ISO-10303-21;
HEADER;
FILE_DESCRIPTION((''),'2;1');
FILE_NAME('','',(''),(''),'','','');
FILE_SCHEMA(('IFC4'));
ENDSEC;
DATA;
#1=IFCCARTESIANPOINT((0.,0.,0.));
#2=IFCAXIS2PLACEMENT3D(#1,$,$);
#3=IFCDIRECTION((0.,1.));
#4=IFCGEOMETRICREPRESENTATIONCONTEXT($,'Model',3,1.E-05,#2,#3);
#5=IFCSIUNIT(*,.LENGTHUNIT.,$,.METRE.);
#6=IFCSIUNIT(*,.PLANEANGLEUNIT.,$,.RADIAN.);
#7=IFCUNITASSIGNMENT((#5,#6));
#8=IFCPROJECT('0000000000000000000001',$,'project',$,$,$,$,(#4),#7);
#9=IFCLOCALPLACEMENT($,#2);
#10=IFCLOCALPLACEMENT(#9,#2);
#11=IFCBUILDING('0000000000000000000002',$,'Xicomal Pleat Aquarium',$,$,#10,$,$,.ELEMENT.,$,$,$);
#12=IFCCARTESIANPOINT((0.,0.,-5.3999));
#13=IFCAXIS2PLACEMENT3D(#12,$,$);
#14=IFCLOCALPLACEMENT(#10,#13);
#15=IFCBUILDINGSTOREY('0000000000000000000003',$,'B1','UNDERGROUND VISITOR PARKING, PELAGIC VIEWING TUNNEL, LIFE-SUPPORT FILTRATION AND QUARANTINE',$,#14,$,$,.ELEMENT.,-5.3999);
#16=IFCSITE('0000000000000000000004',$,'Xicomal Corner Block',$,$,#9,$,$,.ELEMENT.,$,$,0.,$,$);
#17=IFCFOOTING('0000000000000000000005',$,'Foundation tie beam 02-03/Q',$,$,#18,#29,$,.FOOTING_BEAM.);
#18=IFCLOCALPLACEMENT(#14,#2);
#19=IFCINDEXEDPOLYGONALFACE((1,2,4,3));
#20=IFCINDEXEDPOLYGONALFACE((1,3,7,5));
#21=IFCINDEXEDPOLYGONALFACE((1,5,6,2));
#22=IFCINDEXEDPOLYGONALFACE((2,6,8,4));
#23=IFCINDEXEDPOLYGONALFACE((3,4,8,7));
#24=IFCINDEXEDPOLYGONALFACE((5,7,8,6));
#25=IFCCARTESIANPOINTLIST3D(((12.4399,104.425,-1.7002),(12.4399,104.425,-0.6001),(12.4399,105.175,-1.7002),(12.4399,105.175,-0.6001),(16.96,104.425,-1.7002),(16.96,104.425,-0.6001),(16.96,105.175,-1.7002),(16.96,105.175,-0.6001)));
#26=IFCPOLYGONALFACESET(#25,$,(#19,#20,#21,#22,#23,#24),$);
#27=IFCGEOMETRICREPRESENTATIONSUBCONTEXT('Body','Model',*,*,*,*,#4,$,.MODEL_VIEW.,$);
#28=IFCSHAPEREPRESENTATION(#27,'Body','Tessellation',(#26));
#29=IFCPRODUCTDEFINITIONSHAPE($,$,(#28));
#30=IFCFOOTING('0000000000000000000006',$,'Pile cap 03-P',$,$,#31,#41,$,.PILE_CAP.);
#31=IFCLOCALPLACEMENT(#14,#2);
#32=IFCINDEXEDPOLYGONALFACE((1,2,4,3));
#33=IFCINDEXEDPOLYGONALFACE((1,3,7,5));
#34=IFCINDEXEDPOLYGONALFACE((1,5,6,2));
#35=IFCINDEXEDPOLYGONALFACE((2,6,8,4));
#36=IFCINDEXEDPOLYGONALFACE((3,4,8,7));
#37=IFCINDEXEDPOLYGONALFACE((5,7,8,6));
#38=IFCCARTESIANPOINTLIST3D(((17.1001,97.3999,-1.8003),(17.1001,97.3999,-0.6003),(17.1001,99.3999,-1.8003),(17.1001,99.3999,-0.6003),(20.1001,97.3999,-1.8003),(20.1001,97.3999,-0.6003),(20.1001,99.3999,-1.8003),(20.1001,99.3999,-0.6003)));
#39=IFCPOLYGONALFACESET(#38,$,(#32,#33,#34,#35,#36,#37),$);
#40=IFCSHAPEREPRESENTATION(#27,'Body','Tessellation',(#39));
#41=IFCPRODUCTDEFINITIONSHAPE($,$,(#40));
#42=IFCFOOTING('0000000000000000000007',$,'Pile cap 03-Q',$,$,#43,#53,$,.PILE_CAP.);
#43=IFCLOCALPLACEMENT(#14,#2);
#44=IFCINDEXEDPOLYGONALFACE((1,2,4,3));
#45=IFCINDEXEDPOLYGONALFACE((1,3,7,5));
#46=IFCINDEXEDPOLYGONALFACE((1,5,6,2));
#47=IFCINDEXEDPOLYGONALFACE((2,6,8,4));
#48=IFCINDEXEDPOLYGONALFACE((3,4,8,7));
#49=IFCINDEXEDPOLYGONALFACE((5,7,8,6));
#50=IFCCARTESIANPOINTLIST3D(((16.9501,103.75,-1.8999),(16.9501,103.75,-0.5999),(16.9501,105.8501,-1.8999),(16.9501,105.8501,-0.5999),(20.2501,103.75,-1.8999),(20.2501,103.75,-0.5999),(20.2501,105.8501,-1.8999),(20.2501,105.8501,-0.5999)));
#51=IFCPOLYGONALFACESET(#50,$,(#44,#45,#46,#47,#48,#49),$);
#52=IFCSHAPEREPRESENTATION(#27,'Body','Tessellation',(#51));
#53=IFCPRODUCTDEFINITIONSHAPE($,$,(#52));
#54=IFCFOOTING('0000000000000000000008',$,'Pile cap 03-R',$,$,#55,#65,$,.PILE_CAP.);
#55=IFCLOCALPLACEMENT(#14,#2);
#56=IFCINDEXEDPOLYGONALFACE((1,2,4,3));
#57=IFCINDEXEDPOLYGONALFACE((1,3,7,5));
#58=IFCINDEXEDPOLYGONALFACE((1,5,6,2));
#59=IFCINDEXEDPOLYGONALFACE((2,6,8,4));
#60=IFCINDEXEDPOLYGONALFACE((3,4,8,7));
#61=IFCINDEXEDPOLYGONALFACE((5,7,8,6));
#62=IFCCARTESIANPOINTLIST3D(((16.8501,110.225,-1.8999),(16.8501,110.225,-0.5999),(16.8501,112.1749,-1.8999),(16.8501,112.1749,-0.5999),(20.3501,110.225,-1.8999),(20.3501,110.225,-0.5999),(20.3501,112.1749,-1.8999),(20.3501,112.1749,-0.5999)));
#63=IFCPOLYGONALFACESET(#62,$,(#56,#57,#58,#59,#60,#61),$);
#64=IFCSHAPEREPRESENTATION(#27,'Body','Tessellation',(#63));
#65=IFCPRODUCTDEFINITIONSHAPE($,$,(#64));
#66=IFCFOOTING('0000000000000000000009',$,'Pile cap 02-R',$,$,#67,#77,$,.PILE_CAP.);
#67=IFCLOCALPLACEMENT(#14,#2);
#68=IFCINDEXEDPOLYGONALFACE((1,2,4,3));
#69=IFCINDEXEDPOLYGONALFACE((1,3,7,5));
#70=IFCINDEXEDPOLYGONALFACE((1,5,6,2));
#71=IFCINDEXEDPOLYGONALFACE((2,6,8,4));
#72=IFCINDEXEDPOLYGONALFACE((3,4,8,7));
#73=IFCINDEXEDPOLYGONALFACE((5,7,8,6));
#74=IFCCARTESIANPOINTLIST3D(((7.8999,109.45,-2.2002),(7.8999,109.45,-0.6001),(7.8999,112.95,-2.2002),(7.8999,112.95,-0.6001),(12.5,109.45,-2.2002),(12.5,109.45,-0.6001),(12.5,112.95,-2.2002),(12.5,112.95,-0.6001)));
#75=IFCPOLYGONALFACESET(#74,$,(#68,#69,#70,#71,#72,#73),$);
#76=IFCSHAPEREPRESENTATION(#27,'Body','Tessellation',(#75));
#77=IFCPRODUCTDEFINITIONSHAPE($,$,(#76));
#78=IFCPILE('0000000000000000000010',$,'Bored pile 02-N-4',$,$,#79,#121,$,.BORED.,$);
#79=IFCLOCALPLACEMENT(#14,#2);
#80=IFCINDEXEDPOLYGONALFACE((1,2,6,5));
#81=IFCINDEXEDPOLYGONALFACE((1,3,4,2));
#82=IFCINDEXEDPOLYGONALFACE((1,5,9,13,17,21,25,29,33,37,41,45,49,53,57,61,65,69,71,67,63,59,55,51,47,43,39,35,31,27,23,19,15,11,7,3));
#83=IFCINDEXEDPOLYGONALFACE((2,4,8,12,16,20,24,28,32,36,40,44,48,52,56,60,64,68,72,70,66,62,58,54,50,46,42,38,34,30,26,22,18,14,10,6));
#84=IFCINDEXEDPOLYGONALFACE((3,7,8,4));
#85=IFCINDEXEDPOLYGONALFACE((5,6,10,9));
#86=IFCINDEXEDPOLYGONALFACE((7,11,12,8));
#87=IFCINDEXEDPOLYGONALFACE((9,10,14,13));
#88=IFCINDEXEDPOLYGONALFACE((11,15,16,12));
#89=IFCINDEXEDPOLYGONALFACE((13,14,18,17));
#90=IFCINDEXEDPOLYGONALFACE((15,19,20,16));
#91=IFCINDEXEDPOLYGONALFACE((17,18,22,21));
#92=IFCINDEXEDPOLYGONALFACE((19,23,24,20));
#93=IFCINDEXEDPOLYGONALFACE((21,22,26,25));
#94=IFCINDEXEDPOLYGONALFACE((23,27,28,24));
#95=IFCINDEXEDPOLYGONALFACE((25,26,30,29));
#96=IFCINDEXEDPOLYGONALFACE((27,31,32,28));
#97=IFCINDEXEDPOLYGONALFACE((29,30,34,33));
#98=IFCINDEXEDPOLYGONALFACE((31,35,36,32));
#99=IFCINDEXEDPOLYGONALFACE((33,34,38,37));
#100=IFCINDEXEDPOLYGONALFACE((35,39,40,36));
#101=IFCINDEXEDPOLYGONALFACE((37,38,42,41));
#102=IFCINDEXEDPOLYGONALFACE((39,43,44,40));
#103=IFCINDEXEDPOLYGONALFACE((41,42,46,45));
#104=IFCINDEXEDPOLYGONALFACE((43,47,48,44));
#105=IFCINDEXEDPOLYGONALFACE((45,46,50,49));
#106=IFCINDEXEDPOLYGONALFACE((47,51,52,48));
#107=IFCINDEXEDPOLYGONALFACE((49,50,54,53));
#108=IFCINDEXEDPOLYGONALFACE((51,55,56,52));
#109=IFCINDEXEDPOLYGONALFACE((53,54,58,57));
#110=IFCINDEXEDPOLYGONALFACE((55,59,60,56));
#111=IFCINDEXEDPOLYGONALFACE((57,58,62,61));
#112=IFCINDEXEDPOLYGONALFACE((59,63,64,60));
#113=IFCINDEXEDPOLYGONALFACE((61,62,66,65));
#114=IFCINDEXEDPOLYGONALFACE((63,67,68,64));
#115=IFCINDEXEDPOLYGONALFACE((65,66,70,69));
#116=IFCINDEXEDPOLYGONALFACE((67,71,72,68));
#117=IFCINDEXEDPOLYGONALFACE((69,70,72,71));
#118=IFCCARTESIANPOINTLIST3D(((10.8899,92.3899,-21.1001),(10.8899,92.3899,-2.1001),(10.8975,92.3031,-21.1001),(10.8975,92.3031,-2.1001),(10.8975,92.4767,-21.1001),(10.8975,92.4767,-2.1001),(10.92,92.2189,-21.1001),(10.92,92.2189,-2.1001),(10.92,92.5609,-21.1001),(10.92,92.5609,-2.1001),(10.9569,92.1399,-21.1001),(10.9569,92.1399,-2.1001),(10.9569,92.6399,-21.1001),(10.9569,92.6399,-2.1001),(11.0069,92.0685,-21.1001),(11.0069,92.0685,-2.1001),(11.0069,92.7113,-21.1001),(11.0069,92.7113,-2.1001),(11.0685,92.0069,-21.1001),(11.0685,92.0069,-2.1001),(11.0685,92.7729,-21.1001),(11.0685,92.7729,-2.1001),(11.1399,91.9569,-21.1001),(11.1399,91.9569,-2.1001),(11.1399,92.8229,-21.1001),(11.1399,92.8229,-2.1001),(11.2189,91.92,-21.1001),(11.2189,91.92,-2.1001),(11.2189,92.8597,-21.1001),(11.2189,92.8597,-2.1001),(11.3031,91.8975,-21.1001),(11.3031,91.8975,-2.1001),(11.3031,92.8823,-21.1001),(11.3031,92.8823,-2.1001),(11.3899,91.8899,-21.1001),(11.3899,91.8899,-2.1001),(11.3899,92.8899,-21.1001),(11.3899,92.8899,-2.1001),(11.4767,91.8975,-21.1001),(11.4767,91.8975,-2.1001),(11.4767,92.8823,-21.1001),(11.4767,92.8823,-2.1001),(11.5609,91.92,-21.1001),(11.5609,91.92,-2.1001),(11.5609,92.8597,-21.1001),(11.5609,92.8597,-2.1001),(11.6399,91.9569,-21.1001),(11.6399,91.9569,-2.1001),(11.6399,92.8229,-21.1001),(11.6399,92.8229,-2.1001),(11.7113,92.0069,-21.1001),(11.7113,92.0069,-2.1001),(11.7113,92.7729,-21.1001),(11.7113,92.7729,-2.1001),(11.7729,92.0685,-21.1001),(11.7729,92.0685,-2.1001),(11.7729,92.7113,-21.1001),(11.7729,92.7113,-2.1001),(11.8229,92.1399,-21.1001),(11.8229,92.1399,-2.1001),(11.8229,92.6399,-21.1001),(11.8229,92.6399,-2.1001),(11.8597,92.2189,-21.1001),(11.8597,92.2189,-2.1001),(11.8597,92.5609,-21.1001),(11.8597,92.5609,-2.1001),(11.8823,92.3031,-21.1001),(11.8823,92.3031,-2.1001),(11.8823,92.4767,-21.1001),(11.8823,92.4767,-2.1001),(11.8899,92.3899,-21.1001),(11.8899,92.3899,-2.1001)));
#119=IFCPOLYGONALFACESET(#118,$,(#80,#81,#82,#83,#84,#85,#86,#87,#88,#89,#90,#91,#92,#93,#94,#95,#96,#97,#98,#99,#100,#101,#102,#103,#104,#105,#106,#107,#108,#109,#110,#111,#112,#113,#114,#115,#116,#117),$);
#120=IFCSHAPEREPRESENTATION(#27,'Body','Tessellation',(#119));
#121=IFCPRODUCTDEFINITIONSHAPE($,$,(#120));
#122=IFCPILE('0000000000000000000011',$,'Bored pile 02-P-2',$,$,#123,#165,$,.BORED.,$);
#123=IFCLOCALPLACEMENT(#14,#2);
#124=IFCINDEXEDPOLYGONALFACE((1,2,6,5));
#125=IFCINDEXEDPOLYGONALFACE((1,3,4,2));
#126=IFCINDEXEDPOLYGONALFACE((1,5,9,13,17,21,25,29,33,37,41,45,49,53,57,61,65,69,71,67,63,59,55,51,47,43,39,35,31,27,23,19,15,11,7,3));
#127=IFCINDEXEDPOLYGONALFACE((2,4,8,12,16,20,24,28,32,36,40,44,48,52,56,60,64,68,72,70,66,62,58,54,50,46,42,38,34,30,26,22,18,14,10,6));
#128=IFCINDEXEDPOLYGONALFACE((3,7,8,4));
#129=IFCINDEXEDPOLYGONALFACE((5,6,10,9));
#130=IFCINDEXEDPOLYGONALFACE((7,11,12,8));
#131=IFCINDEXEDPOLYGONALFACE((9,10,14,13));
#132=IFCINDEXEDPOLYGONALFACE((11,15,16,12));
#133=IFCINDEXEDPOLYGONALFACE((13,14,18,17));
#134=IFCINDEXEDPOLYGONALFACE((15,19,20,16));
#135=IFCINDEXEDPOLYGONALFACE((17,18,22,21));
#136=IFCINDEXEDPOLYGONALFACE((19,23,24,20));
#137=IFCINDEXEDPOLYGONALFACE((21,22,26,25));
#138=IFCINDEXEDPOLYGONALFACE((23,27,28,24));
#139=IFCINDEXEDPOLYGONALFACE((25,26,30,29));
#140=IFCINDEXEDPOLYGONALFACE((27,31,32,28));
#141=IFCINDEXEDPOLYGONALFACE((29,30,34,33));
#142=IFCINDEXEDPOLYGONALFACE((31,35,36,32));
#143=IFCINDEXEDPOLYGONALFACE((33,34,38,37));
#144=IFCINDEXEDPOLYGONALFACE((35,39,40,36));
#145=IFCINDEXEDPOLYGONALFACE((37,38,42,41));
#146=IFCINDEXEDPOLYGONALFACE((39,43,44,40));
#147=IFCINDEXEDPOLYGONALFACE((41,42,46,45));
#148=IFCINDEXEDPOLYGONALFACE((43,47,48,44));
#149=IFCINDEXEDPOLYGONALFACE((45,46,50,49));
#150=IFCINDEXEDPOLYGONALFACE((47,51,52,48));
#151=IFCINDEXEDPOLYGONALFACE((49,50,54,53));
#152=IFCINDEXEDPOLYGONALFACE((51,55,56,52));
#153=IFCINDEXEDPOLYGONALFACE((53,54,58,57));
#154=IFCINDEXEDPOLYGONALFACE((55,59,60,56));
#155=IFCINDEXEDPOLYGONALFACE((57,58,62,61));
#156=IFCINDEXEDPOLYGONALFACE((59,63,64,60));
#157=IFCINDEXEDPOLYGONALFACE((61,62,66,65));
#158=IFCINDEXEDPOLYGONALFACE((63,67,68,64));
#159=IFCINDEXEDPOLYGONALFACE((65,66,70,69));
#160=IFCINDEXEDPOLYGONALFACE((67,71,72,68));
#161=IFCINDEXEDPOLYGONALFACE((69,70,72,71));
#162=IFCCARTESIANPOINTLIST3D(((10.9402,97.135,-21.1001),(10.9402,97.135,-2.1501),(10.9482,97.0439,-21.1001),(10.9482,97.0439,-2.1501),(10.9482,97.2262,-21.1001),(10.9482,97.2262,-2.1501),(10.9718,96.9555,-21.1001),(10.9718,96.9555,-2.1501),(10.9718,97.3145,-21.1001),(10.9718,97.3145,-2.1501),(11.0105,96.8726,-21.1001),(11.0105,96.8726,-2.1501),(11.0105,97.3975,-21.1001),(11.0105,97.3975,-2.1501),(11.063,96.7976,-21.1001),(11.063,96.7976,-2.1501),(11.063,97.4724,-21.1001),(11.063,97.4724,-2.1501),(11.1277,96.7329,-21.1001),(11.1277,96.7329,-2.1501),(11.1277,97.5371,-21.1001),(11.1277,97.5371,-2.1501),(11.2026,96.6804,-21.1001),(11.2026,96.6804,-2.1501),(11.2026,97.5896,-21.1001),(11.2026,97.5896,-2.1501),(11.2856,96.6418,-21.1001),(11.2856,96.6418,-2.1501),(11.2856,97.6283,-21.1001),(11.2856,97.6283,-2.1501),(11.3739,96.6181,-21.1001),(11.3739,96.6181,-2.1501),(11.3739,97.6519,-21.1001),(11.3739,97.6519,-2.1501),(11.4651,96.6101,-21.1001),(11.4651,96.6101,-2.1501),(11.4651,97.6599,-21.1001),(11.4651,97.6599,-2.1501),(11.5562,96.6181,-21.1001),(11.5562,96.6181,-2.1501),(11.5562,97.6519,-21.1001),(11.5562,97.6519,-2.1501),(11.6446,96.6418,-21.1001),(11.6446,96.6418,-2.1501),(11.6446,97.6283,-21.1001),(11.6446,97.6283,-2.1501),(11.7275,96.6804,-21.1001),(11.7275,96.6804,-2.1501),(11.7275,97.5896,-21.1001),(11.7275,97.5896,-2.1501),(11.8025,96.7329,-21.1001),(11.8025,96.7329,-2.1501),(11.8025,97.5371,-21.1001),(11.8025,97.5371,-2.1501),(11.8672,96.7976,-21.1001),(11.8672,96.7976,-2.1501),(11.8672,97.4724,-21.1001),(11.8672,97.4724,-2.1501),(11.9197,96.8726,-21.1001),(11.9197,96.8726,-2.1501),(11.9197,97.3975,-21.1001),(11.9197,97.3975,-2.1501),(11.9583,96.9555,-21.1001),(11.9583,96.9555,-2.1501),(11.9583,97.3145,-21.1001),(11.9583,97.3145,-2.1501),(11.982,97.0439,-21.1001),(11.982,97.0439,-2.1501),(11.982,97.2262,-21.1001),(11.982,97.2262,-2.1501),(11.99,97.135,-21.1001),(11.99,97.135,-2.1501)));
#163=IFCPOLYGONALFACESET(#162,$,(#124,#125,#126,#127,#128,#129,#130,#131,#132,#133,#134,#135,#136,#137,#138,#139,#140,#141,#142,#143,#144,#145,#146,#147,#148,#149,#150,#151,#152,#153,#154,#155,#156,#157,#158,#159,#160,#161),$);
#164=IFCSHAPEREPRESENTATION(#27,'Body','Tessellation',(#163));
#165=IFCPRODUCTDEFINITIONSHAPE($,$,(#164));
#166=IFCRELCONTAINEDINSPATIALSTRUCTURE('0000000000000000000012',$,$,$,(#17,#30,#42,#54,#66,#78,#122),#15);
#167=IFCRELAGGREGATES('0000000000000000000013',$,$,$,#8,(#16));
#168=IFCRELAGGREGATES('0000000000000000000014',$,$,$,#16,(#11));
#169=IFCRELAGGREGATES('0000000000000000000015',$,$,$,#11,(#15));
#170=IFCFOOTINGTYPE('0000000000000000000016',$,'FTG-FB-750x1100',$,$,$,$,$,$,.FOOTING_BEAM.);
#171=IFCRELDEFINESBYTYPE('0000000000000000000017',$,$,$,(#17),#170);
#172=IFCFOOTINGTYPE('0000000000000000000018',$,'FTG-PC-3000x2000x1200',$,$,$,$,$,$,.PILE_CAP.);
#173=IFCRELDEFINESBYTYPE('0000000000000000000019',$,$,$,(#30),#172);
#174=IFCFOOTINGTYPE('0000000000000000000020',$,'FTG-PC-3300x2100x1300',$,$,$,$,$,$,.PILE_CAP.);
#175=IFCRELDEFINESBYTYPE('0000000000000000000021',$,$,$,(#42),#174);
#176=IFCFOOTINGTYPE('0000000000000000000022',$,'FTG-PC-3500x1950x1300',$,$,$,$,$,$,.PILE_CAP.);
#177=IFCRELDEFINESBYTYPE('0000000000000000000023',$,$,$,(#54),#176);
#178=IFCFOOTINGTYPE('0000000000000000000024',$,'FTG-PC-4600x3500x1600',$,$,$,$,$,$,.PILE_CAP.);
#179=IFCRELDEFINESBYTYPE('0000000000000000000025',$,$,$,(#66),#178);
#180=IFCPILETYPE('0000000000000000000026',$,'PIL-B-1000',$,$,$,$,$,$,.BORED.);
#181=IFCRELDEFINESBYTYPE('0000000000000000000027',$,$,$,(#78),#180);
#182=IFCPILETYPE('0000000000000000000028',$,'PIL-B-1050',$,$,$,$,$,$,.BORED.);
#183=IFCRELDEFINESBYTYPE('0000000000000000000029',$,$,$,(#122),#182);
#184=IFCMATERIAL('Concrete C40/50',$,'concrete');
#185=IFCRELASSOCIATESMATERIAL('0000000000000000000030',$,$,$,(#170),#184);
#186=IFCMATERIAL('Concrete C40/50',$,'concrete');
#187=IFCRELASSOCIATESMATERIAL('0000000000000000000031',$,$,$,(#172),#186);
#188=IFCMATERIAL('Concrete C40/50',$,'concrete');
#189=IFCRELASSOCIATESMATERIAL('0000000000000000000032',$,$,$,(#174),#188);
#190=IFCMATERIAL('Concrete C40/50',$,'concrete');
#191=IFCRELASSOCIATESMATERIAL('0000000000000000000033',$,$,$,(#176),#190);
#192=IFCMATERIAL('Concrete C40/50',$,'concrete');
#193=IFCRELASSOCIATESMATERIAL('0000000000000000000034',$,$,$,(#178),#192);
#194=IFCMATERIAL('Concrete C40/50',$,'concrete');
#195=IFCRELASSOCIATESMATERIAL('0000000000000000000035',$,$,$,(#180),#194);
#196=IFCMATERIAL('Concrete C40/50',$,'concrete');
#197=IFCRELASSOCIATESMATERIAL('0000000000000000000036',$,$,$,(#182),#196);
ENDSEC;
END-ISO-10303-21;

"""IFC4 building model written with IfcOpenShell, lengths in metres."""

from ifc_helpers import new_model, si_unit, direction, frame, origin, origin_2d, place, context, subcontext, project, spatial, rectangle, circle, extrude, material, material_profile, profile_set, type_object, element, save


model = new_model("IFC4")

# Units and contexts
model_context = context("Model", 3, precision=1e-05, world=origin(), true_north=direction((0.0, 1.0)))
body_context = subcontext(model_context, "Body", "Model", "MODEL_VIEW")
ifc_project = project(units=[si_unit("LENGTHUNIT", "METRE"), si_unit("PLANEANGLEUNIT", "RADIAN")], contexts=[model_context])

# Site, building, storey
site_placement = place(None, origin())
site = spatial("IfcSite", under=ifc_project, at=site_placement, Name="Xicomal Corner Block", CompositionType="ELEMENT", RefElevation=0.0)
building_placement = place(site_placement, origin())
building = spatial("IfcBuilding", under=site, at=building_placement, Name="Xicomal Pleat Aquarium", CompositionType="ELEMENT")
storey_placement = place(building_placement, frame((0.0, 0.0, -5.3999)))
storey = spatial("IfcBuildingStorey", under=building, at=storey_placement, Name="B1", Description="UNDERGROUND VISITOR PARKING, PELAGIC VIEWING TUNNEL, LIFE-SUPPORT FILTRATION AND QUARANTINE", CompositionType="ELEMENT", Elevation=-5.3999)

# Footings
ifc_material_1 = material(Name="Concrete C40/50", Category="concrete")
ifc_material_profile_1 = material_profile(ifc_material_1, rectangle(XDim=0.75, YDim=1.1001, at=origin_2d()), Name="FB-04 750x1100")
ifc_profile_set_1 = profile_set([ifc_material_profile_1], Name="Concrete C40/50")
footing_type_1 = type_object("IfcFootingType", Name="FTG-FB-750x1100", PredefinedType="FOOTING_BEAM", material=ifc_profile_set_1)
footing_1_placement = place(storey_placement, frame((12.4399, 104.8, -1.1501), z_axis=(1.0, 0.0, 0.0), x_axis=(0.0, 1.0, 0.0)))
element("IfcFooting", 1, at=footing_1_placement, inside=storey, type_object=footing_type_1, Name="Foundation tie beam 02-03/Q", PredefinedType="FOOTING_BEAM", context=body_context, shape_type="SweptSolid", body=[
    extrude(rectangle(XDim=0.75, YDim=1.1001, at=origin_2d()), origin(), (0.0, 0.0, 1.0), 4.52),
])
ifc_material_2 = material(Name="Concrete C40/50", Category="concrete")
footing_type_2 = type_object("IfcFootingType", Name="FTG-PC-3000x2000x1200", PredefinedType="PILE_CAP", material=ifc_material_2)
footing_2_placement = place(storey_placement, frame((18.6001, 98.3999, -1.8003), z_axis=(0.0, 0.0, 1.0), x_axis=(1.0, 0.0, 0.0)))
element("IfcFooting", 2, at=footing_2_placement, inside=storey, type_object=footing_type_2, Name="Pile cap 03-P", PredefinedType="PILE_CAP", context=body_context, shape_type="SweptSolid", body=[
    extrude(rectangle(XDim=3.0, YDim=2.0, at=origin_2d()), origin(), (0.0, 0.0, 1.0), 1.2),
])
ifc_material_3 = material(Name="Concrete C40/50", Category="concrete")
footing_type_3 = type_object("IfcFootingType", Name="FTG-PC-3300x2100x1300", PredefinedType="PILE_CAP", material=ifc_material_3)
footing_3_placement = place(storey_placement, frame((18.6001, 104.8, -1.8999), z_axis=(0.0, 0.0, 1.0), x_axis=(1.0, 0.0, 0.0)))
element("IfcFooting", 3, at=footing_3_placement, inside=storey, type_object=footing_type_3, Name="Pile cap 03-Q", PredefinedType="PILE_CAP", context=body_context, shape_type="SweptSolid", body=[
    extrude(rectangle(XDim=3.3, YDim=2.1001, at=origin_2d()), origin(), (0.0, 0.0, 1.0), 1.3),
])
ifc_material_4 = material(Name="Concrete C40/50", Category="concrete")
footing_type_4 = type_object("IfcFootingType", Name="FTG-PC-3500x1950x1300", PredefinedType="PILE_CAP", material=ifc_material_4)
footing_4_placement = place(storey_placement, frame((18.6001, 111.2, -1.8999), z_axis=(0.0, 0.0, 1.0), x_axis=(1.0, 0.0, 0.0)))
element("IfcFooting", 4, at=footing_4_placement, inside=storey, type_object=footing_type_4, Name="Pile cap 03-R", PredefinedType="PILE_CAP", context=body_context, shape_type="SweptSolid", body=[
    extrude(rectangle(XDim=3.5, YDim=1.95, at=origin_2d()), origin(), (0.0, 0.0, 1.0), 1.3),
])
ifc_material_5 = material(Name="Concrete C40/50", Category="concrete")
footing_type_5 = type_object("IfcFootingType", Name="FTG-PC-4600x3500x1600", PredefinedType="PILE_CAP", material=ifc_material_5)
footing_5_placement = place(storey_placement, frame((10.2, 111.2, -2.2002), z_axis=(0.0, 0.0, 1.0), x_axis=(1.0, 0.0, 0.0)))
element("IfcFooting", 5, at=footing_5_placement, inside=storey, type_object=footing_type_5, Name="Pile cap 02-R", PredefinedType="PILE_CAP", context=body_context, shape_type="SweptSolid", body=[
    extrude(rectangle(XDim=4.6001, YDim=3.5, at=origin_2d()), origin(), (0.0, 0.0, 1.0), 1.6001),
])

# Piles
ifc_material_6 = material(Name="Concrete C40/50", Category="concrete")
ifc_material_profile_2 = material_profile(ifc_material_6, circle(Radius=0.5, at=origin_2d()), Name="BORED PILE D1000")
ifc_profile_set_2 = profile_set([ifc_material_profile_2], Name="Concrete C40/50")
pile_type_1 = type_object("IfcPileType", Name="PIL-B-1000", PredefinedType="BORED", material=ifc_profile_set_2)
pile_1_placement = place(storey_placement, frame((11.3899, 92.3899, -2.1001), z_axis=(0.0, 0.0, -1.0), x_axis=(1.0, 0.0, 0.0)))
element("IfcPile", 6, at=pile_1_placement, inside=storey, type_object=pile_type_1, Name="Bored pile 02-N-4", PredefinedType="BORED", context=body_context, shape_type="SweptSolid", body=[
    extrude(circle(Radius=0.5, at=origin_2d()), origin(), (0.0, 0.0, 1.0), 19.0),
])
ifc_material_7 = material(Name="Concrete C40/50", Category="concrete")
ifc_material_profile_3 = material_profile(ifc_material_7, circle(Radius=0.5249, at=origin_2d()), Name="BORED PILE D1050")
ifc_profile_set_3 = profile_set([ifc_material_profile_3], Name="Concrete C40/50")
pile_type_2 = type_object("IfcPileType", Name="PIL-B-1050", PredefinedType="BORED", material=ifc_profile_set_3)
for number, where, z_axis, x_axis, name in (
    (7, (11.4651, 97.135, -2.1501), (0.0, 0.0, -1.0), (1.0, 0.0, 0.0), "Bored pile 02-P-2"),
):
    element("IfcPile", number, at=place(storey_placement, frame(where, z_axis=z_axis, x_axis=x_axis)), inside=storey, type_object=pile_type_2, Name=name, PredefinedType="BORED", context=body_context, shape_type="SweptSolid", body=[
        extrude(circle(Radius=0.5249, at=origin_2d()), origin(), (0.0, 0.0, 1.0), 18.95),
    ])

save(model, "model.ifc")
